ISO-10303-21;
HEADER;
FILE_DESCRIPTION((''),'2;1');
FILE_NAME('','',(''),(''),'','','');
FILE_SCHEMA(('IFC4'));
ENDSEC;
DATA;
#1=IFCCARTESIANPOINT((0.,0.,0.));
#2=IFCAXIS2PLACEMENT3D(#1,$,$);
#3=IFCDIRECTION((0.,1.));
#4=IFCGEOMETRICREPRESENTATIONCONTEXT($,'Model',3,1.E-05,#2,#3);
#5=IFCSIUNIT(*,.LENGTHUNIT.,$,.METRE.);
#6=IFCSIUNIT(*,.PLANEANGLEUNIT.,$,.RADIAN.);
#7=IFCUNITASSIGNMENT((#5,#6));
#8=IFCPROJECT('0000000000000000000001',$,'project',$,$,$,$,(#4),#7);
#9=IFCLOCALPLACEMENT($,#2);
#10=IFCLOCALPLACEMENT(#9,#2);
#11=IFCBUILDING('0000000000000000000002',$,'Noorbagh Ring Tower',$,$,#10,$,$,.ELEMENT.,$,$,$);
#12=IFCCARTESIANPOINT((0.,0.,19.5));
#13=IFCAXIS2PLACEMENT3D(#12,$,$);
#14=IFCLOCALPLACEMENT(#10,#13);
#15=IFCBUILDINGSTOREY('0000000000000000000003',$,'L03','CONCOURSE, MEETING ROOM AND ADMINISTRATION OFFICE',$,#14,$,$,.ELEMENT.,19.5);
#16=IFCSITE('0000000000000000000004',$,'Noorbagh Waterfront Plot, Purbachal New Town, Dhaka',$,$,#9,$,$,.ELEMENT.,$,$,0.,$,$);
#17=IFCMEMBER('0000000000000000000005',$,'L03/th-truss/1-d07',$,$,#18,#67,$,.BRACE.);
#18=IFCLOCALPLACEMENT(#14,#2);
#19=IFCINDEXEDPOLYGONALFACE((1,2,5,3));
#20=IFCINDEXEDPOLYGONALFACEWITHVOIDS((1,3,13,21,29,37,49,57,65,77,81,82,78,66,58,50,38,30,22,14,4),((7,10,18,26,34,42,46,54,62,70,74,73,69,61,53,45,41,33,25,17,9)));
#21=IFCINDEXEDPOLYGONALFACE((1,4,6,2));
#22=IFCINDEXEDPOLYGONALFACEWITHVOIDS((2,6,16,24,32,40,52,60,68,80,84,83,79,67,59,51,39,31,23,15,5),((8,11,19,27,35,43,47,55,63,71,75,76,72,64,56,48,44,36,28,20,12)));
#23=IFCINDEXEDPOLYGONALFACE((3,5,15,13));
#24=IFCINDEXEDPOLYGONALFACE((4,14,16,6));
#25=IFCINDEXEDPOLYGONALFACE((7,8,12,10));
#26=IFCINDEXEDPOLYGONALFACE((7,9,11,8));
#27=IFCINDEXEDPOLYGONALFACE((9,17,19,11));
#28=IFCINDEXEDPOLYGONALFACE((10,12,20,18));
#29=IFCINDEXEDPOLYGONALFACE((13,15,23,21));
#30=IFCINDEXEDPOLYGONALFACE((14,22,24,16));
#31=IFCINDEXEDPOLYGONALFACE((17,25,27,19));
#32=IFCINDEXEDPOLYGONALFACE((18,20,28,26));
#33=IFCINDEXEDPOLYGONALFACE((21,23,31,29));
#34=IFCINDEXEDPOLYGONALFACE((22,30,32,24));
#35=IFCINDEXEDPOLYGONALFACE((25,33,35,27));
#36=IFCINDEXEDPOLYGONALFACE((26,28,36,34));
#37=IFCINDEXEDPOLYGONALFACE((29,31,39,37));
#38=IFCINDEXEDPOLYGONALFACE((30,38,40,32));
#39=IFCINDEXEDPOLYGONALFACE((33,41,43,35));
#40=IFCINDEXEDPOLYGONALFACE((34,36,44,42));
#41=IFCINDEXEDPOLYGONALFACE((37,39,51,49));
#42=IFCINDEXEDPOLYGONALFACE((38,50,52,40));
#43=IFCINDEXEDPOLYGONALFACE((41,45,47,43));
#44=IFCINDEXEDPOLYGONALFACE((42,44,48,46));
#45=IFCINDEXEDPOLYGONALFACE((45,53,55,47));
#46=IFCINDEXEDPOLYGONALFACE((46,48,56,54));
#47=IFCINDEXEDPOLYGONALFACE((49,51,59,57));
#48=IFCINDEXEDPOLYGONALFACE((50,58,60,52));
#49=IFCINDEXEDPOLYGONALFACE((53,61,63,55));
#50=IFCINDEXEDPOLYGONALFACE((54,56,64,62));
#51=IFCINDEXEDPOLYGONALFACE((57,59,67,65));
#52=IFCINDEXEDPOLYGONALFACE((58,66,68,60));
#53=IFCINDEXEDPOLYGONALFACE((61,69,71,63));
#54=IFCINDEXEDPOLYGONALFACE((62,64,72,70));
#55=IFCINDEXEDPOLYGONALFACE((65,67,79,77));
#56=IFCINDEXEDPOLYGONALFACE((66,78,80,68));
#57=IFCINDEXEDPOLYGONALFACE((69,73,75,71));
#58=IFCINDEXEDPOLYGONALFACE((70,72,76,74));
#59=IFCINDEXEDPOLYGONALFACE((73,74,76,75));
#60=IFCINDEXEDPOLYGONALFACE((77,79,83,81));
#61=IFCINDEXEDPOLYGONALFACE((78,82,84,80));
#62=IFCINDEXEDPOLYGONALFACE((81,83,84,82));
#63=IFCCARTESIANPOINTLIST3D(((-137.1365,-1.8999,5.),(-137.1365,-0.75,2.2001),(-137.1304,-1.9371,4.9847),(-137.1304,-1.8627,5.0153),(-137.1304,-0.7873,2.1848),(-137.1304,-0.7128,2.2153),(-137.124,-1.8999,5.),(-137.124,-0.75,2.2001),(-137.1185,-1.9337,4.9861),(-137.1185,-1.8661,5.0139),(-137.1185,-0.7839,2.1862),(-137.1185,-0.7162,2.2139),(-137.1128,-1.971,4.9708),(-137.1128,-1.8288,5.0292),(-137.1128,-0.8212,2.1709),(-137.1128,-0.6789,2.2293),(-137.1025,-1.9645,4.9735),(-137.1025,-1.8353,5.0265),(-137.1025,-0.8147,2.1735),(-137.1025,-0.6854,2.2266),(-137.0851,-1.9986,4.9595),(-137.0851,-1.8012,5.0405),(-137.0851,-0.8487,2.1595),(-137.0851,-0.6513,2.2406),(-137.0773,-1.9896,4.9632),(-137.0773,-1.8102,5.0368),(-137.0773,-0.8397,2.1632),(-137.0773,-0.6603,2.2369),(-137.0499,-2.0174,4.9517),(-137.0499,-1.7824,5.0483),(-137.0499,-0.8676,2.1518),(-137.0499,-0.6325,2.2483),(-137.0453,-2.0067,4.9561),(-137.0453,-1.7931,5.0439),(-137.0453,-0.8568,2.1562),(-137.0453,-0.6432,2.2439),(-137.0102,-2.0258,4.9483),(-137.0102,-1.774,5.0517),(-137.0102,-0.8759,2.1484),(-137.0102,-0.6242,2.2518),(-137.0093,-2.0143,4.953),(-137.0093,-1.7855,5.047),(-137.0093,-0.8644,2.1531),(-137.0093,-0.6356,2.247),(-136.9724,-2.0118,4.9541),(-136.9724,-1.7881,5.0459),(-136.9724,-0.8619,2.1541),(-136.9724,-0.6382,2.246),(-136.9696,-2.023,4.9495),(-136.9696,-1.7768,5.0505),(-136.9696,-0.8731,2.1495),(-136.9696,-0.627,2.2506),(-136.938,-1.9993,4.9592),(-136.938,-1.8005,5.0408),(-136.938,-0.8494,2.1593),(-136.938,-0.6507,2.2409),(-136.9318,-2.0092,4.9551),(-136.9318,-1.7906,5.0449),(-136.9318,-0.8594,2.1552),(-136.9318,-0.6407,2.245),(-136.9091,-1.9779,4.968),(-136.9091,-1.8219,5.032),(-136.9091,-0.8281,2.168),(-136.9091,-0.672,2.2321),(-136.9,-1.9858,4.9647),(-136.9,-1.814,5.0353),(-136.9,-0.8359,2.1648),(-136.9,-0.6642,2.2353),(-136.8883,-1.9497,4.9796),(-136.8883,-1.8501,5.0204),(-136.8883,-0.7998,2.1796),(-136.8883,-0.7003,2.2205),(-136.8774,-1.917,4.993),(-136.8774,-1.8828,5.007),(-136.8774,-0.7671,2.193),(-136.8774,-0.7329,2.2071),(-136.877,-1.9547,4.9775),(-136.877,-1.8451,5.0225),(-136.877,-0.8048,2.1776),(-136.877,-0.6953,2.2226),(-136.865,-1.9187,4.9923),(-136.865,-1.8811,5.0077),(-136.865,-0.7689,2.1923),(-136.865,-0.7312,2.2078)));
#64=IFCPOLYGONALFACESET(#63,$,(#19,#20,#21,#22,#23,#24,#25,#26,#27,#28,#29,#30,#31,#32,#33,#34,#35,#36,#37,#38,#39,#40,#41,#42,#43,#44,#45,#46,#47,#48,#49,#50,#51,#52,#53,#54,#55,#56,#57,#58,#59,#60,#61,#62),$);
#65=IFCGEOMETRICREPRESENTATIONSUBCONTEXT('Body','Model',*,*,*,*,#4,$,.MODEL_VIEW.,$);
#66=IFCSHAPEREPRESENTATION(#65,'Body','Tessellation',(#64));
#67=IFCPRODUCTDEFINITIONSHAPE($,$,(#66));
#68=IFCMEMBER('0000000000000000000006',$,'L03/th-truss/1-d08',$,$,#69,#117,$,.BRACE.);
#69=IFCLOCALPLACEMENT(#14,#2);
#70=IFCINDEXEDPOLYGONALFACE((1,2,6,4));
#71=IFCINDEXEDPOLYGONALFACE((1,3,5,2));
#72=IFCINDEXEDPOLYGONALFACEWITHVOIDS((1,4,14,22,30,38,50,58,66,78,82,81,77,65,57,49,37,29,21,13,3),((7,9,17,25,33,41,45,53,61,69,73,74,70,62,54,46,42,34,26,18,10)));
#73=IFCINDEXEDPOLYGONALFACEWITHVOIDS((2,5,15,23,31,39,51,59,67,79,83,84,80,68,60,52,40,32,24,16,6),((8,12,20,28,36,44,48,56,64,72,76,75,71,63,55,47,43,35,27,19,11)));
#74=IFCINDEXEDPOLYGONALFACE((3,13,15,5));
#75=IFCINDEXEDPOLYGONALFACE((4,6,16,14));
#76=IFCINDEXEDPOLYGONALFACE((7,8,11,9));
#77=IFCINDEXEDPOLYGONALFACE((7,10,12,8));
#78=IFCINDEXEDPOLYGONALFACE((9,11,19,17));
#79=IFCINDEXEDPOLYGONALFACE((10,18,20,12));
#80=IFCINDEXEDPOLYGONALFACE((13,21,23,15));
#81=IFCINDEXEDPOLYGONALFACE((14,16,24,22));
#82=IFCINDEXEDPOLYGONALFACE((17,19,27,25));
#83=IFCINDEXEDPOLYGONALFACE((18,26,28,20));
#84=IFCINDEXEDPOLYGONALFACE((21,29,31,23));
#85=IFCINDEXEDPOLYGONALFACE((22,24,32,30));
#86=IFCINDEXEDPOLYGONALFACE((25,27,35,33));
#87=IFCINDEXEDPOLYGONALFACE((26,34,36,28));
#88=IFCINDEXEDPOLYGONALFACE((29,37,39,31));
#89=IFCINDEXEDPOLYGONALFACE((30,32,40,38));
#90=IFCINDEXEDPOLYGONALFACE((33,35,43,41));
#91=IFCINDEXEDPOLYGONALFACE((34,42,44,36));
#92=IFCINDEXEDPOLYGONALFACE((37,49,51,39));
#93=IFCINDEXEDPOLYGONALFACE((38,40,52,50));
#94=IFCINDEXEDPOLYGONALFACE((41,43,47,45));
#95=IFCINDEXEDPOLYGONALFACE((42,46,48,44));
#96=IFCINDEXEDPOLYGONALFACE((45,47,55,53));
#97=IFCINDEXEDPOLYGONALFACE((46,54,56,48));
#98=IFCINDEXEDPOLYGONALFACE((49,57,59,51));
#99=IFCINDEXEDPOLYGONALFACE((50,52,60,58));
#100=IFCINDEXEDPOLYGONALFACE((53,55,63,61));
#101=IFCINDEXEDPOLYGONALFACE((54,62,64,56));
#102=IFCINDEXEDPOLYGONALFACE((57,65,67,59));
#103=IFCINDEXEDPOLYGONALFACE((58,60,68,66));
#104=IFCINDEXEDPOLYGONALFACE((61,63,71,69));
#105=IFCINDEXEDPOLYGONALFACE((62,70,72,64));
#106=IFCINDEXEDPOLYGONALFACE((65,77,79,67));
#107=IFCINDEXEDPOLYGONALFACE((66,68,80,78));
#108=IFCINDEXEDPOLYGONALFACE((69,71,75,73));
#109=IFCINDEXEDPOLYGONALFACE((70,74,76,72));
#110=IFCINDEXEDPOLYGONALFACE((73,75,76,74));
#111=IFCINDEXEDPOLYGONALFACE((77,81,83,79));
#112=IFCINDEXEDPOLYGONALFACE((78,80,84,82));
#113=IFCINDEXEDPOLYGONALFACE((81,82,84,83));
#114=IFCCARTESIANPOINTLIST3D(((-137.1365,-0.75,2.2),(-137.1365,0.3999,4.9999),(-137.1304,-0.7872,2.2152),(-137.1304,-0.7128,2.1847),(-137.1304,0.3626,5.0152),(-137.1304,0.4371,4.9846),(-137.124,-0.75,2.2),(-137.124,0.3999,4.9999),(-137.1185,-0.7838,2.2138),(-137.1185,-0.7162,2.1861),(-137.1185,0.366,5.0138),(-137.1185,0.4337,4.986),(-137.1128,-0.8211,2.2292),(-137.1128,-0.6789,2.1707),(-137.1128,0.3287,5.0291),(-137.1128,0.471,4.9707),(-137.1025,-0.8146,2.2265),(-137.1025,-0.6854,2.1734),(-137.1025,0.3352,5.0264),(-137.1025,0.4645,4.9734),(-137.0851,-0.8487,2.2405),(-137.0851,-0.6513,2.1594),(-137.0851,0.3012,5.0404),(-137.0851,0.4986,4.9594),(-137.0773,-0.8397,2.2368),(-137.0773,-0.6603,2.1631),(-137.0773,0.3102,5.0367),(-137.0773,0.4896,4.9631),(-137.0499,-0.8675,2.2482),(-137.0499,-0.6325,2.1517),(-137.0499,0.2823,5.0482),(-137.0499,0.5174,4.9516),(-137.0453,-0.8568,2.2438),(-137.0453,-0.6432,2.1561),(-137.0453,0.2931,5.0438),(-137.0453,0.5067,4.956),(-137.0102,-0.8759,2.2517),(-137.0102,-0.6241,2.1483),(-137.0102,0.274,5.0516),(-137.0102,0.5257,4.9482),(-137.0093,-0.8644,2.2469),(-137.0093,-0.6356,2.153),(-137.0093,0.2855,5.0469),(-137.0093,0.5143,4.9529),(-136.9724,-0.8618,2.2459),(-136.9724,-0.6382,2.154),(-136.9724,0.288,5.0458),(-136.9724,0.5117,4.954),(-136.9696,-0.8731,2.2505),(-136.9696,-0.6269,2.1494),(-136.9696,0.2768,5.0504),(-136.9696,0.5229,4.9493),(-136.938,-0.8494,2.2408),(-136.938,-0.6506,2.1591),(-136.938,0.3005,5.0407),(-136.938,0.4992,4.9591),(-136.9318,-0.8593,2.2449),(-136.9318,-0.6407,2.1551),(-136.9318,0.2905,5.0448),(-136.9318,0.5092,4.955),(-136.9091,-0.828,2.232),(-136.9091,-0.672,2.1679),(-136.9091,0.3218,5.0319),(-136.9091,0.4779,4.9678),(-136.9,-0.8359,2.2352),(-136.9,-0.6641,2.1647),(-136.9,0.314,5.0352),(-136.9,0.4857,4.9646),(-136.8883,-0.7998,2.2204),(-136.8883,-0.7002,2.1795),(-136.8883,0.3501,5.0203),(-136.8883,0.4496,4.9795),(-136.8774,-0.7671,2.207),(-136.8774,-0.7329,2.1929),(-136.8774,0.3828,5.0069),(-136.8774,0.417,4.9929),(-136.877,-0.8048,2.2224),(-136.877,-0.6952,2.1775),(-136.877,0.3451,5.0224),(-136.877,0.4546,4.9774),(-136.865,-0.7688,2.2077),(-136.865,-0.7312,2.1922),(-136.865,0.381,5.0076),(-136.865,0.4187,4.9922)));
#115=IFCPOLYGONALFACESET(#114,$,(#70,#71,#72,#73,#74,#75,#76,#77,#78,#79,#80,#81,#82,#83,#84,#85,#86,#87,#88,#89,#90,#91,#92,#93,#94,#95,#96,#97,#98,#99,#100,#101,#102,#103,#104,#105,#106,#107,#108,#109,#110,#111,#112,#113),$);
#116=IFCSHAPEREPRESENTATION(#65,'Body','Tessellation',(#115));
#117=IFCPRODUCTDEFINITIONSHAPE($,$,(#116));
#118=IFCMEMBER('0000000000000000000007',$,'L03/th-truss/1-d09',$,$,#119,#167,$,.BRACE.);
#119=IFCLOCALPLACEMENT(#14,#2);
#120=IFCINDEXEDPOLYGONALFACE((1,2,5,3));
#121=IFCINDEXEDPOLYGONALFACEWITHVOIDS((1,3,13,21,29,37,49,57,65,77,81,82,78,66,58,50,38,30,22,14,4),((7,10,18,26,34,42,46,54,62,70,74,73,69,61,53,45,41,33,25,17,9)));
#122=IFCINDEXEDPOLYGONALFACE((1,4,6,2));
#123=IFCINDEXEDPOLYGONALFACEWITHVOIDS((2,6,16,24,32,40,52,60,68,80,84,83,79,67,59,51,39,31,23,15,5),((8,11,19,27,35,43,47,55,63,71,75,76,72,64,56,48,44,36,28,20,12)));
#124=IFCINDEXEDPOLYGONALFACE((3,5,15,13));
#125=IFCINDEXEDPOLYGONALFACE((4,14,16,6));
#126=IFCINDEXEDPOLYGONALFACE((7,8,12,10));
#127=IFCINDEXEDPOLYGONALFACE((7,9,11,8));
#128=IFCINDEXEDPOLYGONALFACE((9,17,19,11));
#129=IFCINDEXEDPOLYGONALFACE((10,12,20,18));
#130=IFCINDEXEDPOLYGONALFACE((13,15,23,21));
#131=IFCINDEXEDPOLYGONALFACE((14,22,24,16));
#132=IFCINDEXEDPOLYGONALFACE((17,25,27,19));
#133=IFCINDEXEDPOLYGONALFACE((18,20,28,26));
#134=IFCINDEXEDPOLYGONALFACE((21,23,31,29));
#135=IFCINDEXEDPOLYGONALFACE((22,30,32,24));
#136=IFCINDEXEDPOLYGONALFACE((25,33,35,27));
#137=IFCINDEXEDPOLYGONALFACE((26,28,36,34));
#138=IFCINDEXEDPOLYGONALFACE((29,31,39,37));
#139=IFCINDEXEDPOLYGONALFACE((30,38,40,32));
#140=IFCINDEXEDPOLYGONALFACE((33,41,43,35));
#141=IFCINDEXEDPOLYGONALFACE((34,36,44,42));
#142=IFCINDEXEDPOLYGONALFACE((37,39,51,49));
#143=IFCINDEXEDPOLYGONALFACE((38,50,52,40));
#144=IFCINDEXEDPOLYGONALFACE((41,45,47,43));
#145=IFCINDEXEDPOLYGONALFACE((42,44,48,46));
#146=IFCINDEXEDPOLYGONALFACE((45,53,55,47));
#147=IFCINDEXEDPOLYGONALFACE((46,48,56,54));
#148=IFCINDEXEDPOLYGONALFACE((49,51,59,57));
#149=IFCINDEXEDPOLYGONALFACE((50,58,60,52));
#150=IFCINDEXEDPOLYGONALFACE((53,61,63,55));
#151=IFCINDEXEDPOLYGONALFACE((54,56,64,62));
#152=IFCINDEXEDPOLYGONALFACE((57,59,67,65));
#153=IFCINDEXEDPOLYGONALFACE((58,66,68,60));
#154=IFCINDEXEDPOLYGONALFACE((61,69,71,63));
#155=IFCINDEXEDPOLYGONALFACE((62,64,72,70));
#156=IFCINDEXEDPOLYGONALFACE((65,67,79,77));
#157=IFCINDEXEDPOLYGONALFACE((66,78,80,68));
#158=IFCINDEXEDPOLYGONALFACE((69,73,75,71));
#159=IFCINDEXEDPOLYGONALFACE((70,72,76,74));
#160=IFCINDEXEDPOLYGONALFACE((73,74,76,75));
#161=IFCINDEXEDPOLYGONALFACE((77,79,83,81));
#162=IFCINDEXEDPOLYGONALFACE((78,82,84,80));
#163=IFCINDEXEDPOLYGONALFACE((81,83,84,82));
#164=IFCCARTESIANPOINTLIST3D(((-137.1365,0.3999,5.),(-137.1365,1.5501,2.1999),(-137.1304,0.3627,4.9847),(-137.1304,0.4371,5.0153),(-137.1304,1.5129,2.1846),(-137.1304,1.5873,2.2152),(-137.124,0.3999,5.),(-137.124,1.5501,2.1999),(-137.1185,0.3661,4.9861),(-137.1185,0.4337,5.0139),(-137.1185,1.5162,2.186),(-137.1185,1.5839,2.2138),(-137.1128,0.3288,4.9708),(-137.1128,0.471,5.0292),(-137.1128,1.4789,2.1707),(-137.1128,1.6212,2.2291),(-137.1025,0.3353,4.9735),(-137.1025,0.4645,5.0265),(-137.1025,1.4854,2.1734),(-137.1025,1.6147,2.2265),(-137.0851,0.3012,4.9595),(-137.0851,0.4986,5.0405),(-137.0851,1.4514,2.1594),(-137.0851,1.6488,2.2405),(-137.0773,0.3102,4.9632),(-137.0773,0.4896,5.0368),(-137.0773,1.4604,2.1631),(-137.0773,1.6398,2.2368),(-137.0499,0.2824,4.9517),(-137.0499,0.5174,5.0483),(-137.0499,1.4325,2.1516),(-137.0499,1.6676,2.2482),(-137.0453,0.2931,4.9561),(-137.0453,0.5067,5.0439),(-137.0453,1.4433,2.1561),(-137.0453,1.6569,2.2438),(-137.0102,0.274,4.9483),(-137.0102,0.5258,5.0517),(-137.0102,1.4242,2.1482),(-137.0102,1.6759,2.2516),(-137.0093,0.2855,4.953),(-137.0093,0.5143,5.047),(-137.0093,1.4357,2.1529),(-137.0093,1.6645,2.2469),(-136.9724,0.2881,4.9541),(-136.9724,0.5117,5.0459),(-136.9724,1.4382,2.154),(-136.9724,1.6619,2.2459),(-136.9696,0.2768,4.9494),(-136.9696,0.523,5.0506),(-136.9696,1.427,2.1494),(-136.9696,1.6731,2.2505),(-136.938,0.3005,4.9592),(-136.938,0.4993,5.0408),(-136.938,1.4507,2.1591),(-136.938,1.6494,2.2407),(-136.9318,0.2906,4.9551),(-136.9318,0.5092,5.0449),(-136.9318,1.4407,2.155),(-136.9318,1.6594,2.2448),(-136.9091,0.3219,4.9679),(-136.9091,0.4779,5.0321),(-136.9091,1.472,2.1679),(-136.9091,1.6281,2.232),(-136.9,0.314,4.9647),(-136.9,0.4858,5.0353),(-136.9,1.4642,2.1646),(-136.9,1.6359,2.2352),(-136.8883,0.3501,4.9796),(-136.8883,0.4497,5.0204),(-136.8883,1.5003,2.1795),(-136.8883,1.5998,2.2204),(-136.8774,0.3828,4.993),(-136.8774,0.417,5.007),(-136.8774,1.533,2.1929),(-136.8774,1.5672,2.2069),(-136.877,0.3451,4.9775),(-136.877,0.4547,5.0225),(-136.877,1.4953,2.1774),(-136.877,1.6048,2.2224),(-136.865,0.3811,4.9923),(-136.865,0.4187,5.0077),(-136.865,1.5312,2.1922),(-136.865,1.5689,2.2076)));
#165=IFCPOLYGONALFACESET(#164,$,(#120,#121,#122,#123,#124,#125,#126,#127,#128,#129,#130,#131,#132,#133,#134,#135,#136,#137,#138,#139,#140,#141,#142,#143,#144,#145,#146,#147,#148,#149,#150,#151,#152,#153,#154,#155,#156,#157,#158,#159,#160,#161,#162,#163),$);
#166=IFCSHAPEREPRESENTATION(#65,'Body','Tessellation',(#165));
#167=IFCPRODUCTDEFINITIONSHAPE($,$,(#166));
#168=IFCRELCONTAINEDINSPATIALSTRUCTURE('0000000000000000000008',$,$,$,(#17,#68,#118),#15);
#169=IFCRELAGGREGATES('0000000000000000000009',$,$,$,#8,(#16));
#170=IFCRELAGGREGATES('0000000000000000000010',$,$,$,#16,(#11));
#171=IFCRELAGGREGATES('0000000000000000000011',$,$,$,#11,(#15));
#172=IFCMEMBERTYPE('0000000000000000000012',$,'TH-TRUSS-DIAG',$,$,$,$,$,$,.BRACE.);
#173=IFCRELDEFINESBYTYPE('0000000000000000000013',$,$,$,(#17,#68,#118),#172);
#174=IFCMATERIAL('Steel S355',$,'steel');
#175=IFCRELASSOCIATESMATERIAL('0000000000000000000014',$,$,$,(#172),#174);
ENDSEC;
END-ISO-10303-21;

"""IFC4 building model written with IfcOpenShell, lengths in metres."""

from ifc_helpers import new_model, si_unit, direction, frame, origin, origin_2d, place, context, subcontext, project, spatial, hollow_circle, extrude, material, material_profile, profile_set, type_object, element, save


model = new_model("IFC4")

# Units and contexts
model_context = context("Model", 3, precision=1e-05, world=origin(), true_north=direction((0.0, 1.0)))
body_context = subcontext(model_context, "Body", "Model", "MODEL_VIEW")
ifc_project = project(units=[si_unit("LENGTHUNIT", "METRE"), si_unit("PLANEANGLEUNIT", "RADIAN")], contexts=[model_context])

# Site, building, storey
site_placement = place(None, origin())
site = spatial("IfcSite", under=ifc_project, at=site_placement, Name="Noorbagh Waterfront Plot, Purbachal New Town, Dhaka", CompositionType="ELEMENT", RefElevation=0.0)
building_placement = place(site_placement, origin())
building = spatial("IfcBuilding", under=site, at=building_placement, Name="Noorbagh Ring Tower", CompositionType="ELEMENT")
storey_placement = place(building_placement, frame((0.0, 0.0, 19.5)))
storey = spatial("IfcBuildingStorey", under=building, at=storey_placement, Name="L03", Description="CONCOURSE, MEETING ROOM AND ADMINISTRATION OFFICE", CompositionType="ELEMENT", Elevation=19.5)

# Members
ifc_material_1 = material(Name="Steel S355", Category="steel")
ifc_material_profile_1 = material_profile(ifc_material_1, hollow_circle(Radius=0.1365, WallThickness=0.0125, at=origin_2d()), Name="CHS273x12.5")
ifc_profile_set_1 = profile_set([ifc_material_profile_1], Name="Steel S355")
member_type = type_object("IfcMemberType", Name="TH-TRUSS-DIAG", PredefinedType="BRACE", material=ifc_profile_set_1)
for number, where, z_axis, x_axis, name in (
    (1, (-137.0, -1.8999, 5.0), (0.0, 0.379886, -0.925033), (-1.0, 0.0, 0.0), "L03/th-truss/1-d07"),
    (2, (-137.0, -0.75, 2.2), (0.0, 0.379886, 0.925033), (-1.0, 0.0, 0.0), "L03/th-truss/1-d08"),
):
    element("IfcMember", number, at=place(storey_placement, frame(where, z_axis=z_axis, x_axis=x_axis)), inside=storey, type_object=member_type, Name=name, PredefinedType="BRACE", context=body_context, shape_type="SweptSolid", body=[
        extrude(hollow_circle(Radius=0.1365, WallThickness=0.0125, at=origin_2d()), origin(), (0.0, 0.0, 1.0), 3.0269),
    ])
member_1_placement = place(storey_placement, frame((-137.0, 0.3999, 5.0), z_axis=(0.0, 0.379955, -0.925005), x_axis=(-1.0, 0.0, 0.0)))
element("IfcMember", 3, at=member_1_placement, inside=storey, type_object=member_type, Name="L03/th-truss/1-d09", PredefinedType="BRACE", context=body_context, shape_type="SweptSolid", body=[
    extrude(hollow_circle(Radius=0.1365, WallThickness=0.0125, at=origin_2d()), origin(), (0.0, 0.0, 1.0), 3.0271),
])

save(model, "model.ifc")
